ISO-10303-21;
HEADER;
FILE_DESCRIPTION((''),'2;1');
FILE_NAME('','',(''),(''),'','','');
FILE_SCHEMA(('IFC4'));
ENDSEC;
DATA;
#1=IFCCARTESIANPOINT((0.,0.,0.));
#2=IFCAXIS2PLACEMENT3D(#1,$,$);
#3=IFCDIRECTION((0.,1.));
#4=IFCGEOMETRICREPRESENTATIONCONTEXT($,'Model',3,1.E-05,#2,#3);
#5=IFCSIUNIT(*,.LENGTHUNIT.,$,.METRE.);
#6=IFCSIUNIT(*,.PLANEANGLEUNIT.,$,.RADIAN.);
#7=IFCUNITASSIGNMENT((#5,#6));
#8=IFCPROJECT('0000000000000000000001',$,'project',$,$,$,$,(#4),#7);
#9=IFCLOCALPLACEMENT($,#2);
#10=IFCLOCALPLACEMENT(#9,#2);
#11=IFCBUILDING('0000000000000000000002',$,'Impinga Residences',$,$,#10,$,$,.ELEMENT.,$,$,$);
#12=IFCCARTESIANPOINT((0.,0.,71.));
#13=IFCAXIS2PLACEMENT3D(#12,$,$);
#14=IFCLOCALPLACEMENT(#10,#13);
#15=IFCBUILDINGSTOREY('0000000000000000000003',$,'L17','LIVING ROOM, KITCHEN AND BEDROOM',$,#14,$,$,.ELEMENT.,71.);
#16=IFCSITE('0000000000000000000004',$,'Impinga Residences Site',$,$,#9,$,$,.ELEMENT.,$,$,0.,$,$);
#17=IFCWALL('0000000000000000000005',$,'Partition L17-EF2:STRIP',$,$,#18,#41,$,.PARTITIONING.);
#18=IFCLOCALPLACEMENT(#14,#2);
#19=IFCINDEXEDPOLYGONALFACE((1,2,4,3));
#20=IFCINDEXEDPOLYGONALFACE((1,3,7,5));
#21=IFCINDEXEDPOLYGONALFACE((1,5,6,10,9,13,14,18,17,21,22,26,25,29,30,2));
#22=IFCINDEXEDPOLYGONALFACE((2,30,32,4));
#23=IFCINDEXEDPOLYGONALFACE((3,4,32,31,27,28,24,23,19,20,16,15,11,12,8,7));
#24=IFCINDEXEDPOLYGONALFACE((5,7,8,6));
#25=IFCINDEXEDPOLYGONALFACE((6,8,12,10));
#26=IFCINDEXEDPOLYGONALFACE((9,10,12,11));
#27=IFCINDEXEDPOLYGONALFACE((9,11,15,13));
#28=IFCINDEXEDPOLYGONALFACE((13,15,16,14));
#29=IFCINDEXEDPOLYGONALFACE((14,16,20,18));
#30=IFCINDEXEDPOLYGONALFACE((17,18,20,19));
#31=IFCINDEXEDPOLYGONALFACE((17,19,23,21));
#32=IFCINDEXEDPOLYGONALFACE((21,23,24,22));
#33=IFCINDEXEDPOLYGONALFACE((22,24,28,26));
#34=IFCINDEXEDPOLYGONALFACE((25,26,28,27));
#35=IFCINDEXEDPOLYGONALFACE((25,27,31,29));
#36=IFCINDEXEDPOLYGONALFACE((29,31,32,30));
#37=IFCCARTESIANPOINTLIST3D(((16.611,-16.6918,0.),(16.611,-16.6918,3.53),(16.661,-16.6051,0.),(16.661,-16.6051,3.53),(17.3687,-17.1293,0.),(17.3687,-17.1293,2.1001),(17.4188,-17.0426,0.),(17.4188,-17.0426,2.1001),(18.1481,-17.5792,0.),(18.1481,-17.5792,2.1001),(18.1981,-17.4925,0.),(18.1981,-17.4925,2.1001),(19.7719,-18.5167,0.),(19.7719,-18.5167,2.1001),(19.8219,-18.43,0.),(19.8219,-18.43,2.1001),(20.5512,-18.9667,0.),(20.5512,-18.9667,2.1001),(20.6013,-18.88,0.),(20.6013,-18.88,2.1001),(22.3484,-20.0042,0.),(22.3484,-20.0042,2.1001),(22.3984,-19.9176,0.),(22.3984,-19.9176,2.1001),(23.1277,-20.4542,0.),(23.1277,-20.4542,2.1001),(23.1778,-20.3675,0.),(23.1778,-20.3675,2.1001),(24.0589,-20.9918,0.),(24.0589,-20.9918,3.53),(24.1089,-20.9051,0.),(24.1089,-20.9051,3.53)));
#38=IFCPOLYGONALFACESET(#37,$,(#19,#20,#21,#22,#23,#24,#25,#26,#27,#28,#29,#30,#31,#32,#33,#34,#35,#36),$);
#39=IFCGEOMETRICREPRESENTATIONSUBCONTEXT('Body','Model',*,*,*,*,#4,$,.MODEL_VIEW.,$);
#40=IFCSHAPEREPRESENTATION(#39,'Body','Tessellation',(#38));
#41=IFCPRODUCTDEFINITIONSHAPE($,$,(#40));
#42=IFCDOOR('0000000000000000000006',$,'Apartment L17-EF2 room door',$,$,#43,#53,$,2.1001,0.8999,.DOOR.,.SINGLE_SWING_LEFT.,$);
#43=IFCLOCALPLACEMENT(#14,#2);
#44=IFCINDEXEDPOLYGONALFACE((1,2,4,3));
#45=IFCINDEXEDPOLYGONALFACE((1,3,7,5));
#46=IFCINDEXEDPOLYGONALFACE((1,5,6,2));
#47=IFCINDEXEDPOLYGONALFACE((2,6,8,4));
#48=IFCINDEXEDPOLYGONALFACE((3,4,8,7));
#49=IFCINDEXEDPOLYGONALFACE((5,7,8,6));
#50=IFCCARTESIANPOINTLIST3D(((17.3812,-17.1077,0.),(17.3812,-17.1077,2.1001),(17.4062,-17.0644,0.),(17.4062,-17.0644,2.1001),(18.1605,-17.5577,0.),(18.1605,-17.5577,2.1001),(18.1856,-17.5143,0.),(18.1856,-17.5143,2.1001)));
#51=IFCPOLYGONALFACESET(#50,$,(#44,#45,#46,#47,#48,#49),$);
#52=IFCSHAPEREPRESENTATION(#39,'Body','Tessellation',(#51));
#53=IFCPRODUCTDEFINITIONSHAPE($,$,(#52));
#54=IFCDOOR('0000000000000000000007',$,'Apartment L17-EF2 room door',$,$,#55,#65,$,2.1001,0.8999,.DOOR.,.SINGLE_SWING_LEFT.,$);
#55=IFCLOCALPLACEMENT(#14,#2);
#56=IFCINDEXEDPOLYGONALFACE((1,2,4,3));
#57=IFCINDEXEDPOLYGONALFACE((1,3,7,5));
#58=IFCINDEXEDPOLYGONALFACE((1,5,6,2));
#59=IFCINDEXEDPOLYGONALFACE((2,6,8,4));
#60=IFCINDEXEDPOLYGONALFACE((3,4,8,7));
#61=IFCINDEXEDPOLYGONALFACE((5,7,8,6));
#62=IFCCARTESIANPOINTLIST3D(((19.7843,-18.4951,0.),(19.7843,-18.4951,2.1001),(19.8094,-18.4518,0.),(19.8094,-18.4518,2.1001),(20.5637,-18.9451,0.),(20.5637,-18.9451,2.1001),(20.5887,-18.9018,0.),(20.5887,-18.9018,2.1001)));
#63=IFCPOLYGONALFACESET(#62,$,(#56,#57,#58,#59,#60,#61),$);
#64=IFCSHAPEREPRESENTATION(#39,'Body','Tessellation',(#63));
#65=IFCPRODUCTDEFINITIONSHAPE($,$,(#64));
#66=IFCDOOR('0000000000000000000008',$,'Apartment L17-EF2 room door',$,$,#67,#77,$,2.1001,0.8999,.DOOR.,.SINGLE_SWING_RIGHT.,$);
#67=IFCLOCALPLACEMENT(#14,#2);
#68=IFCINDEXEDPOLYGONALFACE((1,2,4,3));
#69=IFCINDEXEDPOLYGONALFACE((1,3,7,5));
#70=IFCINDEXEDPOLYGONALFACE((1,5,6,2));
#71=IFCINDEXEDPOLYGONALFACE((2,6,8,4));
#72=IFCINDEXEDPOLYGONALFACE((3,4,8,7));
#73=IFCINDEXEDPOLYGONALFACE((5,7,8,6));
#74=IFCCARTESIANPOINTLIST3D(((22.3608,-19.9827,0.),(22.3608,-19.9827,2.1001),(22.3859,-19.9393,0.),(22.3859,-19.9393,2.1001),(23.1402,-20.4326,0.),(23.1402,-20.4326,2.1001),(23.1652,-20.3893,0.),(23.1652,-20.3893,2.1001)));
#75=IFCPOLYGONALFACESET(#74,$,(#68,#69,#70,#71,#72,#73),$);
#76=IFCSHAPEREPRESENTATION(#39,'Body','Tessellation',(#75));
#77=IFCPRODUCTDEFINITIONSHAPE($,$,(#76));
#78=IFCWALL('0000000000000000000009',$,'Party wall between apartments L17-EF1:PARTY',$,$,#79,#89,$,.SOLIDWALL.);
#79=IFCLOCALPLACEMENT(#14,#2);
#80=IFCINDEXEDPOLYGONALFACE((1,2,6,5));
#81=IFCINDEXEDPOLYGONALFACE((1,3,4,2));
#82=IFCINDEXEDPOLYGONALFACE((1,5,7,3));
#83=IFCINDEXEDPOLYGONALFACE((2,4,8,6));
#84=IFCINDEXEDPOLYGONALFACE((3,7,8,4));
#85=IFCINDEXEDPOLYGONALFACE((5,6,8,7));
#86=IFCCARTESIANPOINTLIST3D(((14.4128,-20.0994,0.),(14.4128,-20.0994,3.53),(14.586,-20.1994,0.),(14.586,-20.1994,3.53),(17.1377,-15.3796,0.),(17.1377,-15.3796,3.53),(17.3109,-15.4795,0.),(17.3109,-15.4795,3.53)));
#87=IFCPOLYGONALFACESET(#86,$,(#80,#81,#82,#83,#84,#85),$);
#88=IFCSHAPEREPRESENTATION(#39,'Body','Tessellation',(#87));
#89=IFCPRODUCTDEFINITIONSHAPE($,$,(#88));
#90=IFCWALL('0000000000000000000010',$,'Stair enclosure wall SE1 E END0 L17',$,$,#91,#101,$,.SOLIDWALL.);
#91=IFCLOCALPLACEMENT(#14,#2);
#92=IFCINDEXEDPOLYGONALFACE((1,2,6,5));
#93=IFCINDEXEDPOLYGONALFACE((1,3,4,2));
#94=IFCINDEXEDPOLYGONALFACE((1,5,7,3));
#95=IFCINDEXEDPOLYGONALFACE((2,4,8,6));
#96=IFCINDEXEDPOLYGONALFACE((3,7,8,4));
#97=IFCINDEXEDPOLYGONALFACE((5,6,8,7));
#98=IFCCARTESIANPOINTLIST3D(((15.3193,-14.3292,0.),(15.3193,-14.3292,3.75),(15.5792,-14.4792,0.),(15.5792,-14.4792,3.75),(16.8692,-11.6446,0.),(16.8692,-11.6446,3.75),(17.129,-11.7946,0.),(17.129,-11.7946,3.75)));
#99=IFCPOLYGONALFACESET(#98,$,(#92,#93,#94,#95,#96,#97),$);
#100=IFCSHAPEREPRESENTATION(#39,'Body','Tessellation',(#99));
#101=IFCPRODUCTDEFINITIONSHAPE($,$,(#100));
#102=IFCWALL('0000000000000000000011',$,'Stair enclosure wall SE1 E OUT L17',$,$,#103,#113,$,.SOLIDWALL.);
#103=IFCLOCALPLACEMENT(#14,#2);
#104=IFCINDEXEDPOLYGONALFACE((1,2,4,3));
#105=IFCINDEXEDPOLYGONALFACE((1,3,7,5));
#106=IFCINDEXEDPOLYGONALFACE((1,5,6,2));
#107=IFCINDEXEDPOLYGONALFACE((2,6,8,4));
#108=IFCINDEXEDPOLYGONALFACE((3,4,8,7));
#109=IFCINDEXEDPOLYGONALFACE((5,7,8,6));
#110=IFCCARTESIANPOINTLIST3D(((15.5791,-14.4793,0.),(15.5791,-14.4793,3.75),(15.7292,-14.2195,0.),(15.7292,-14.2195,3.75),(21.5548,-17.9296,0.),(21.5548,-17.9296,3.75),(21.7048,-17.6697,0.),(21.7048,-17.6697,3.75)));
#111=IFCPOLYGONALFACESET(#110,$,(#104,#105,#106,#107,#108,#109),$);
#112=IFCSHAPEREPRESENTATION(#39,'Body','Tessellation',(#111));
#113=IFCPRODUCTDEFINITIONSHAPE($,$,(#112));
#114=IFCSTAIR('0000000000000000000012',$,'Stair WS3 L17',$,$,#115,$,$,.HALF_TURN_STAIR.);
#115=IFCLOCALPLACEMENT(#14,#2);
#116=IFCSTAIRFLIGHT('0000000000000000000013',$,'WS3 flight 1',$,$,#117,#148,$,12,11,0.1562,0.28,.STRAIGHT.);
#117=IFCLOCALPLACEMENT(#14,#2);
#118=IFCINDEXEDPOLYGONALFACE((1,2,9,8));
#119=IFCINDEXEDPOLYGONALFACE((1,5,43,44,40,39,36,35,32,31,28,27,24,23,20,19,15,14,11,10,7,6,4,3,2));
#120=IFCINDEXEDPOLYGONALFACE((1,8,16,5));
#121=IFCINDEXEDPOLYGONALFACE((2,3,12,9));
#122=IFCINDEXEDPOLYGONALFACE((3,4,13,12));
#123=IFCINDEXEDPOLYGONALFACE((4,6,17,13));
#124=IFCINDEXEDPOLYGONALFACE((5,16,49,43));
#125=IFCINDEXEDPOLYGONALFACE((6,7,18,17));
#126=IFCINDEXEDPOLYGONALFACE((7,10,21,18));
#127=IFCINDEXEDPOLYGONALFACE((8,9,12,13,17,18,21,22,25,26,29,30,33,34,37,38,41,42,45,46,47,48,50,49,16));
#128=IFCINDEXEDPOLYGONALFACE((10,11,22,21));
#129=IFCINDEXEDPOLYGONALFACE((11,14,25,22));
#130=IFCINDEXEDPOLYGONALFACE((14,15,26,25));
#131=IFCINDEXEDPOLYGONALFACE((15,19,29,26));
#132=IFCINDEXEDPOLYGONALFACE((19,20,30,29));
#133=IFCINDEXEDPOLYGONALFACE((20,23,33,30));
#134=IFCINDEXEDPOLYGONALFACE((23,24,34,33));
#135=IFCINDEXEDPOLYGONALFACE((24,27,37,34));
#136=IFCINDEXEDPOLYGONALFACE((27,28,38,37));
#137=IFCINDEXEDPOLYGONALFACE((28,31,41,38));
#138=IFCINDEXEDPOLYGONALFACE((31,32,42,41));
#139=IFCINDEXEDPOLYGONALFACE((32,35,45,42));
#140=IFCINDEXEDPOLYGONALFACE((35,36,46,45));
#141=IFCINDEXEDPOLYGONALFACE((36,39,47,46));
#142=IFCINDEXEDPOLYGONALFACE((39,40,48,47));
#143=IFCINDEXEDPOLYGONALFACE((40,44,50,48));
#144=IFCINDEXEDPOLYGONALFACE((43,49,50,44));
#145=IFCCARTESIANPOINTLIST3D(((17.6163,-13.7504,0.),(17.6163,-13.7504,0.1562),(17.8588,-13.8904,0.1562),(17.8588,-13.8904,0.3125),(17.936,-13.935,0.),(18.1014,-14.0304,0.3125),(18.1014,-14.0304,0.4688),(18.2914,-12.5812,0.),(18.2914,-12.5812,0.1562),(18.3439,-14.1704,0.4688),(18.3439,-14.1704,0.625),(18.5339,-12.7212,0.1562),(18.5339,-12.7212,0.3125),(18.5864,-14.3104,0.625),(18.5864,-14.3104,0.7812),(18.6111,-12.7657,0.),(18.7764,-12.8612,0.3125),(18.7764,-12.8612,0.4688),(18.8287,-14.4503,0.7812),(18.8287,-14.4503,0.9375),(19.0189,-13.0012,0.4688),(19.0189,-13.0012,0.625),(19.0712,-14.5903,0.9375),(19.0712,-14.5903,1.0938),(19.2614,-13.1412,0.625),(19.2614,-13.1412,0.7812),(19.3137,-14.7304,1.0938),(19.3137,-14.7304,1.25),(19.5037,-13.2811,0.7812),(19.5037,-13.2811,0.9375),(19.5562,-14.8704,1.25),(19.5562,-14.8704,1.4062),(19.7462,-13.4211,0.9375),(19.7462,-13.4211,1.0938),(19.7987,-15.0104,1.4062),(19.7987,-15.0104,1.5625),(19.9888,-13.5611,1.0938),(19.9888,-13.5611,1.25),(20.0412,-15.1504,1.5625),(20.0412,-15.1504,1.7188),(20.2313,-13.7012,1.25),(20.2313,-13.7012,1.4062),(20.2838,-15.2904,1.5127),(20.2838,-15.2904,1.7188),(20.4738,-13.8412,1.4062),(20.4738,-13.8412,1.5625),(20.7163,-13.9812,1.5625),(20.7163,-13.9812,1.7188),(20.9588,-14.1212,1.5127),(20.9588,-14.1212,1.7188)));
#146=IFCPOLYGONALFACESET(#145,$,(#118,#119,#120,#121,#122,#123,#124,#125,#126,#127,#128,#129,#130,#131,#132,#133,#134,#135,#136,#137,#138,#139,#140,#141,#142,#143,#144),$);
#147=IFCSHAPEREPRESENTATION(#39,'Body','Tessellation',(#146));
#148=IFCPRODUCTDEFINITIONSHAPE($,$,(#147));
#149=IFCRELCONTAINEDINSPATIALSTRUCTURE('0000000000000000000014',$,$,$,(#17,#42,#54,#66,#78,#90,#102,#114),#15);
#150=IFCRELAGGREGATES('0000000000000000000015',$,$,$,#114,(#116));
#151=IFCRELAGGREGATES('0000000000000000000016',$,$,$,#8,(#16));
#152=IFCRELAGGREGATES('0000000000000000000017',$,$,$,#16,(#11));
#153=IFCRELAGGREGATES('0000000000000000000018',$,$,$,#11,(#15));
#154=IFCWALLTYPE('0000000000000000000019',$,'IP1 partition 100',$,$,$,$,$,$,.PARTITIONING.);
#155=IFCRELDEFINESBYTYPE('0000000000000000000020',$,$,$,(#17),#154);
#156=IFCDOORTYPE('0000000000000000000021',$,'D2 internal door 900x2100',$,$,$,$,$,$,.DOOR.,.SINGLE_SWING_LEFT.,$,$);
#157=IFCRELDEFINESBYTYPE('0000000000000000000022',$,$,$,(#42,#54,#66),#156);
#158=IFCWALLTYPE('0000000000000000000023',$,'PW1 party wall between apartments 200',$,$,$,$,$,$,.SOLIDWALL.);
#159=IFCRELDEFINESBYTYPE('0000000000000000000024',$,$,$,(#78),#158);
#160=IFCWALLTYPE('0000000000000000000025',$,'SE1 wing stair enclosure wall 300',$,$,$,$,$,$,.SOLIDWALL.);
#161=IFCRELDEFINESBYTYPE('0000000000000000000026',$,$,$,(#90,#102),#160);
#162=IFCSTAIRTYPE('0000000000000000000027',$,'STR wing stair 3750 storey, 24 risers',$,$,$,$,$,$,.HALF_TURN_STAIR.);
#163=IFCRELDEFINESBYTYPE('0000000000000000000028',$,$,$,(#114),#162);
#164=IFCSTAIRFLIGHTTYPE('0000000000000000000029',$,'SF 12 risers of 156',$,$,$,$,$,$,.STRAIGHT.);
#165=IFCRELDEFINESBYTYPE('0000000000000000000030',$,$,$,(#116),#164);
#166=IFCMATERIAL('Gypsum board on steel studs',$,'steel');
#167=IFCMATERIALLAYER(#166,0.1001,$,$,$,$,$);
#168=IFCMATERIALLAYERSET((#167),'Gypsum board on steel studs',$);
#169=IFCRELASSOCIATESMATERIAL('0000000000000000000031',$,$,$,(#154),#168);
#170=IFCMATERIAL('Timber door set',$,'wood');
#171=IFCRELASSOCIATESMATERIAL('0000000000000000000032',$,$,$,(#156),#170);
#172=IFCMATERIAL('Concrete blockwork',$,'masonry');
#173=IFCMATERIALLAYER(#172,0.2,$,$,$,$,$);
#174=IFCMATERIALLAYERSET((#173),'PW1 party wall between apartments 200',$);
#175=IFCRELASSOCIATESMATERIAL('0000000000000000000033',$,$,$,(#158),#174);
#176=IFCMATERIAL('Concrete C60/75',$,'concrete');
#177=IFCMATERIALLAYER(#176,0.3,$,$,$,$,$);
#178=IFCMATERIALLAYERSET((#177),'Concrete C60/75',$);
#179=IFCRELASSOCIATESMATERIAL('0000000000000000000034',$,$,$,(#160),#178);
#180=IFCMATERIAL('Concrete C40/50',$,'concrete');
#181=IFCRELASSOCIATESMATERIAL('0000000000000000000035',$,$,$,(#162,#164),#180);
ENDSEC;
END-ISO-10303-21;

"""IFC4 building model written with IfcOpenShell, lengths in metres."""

from ifc_helpers import new_model, si_unit, direction, frame, frame_2d, origin, place, context, subcontext, project, spatial, polyline, rectangle, outline, extrude, material, layer, layer_set, type_object, element, fill, aggregate, save


model = new_model("IFC4")

# Units and contexts
model_context = context("Model", 3, precision=1e-05, world=origin(), true_north=direction((0.0, 1.0)))
body_context = subcontext(model_context, "Body", "Model", "MODEL_VIEW")
ifc_project = project(units=[si_unit("LENGTHUNIT", "METRE"), si_unit("PLANEANGLEUNIT", "RADIAN")], contexts=[model_context])

# Site, building, storey
site_placement = place(None, origin())
site = spatial("IfcSite", under=ifc_project, at=site_placement, Name="Impinga Residences Site", CompositionType="ELEMENT", RefElevation=0.0)
building_placement = place(site_placement, origin())
building = spatial("IfcBuilding", under=site, at=building_placement, Name="Impinga Residences", CompositionType="ELEMENT")
storey_placement = place(building_placement, frame((0.0, 0.0, 71.0)))
storey = spatial("IfcBuildingStorey", under=building, at=storey_placement, Name="L17", Description="LIVING ROOM, KITCHEN AND BEDROOM", CompositionType="ELEMENT", Elevation=71.0)

# Shared definitions
ifc_material_1 = material(Name="Concrete C60/75", Category="concrete")

# Shared definitions
ifc_material_2 = material(Name="Gypsum board on steel studs", Category="steel")
ifc_layer_1 = layer(ifc_material_2, 0.1001)
ifc_layer_set_1 = layer_set([ifc_layer_1], Name="Gypsum board on steel studs")
wall_type_1 = type_object("IfcWallType", Name="IP1 partition 100", PredefinedType="PARTITIONING", material=ifc_layer_set_1)

# Shared definitions
ifc_material_3 = material(Name="Timber door set", Category="wood")
door_type = type_object("IfcDoorType", Name="D2 internal door 900x2100", OperationType="SINGLE_SWING_LEFT", PredefinedType="DOOR", material=ifc_material_3)

# Wall, openings, doors
wall_1_placement = place(storey_placement, frame((16.636, -16.6484, 0.0), z_axis=(0.0, 0.0, 1.0), x_axis=(0.866028, -0.499995, 0.0)))
wall_1 = element("IfcWall", 1, at=wall_1_placement, inside=storey, type_object=wall_type_1, Name="Partition L17-EF2:STRIP", PredefinedType="PARTITIONING", context=body_context, shape_type="SweptSolid", body=[
    extrude(rectangle(XDim=8.6001, YDim=0.1001, at=frame_2d((4.3, 0.0))), origin(), (0.0, 0.0, 1.0), 3.53),
])
opening_1_placement = place(wall_1_placement, frame((0.875, 0.0, 0.0)))
opening_1 = element("IfcOpeningElement", 2, at=opening_1_placement, cuts=wall_1, PredefinedType="OPENING", context=body_context, shape_type="SweptSolid", body=[
    extrude(rectangle(XDim=0.8999, YDim=2.1001, at=frame_2d((0.45, 1.05))), frame((0.0, 0.0601, 0.0), z_axis=(0.0, -1.0, 0.0), x_axis=(1.0, 0.0, 0.0)), (0.0, 0.0, 1.0), 0.1201),
])
opening_2_placement = place(wall_1_placement, frame((3.6499, 0.0, 0.0)))
opening_2 = element("IfcOpeningElement", 3, at=opening_2_placement, cuts=wall_1, PredefinedType="OPENING", context=body_context, shape_type="SweptSolid", body=[
    extrude(rectangle(XDim=0.8999, YDim=2.1001, at=frame_2d((0.45, 1.05))), frame((0.0, 0.0601, 0.0), z_axis=(0.0, -1.0, 0.0), x_axis=(1.0, 0.0, 0.0)), (0.0, 0.0, 1.0), 0.1201),
])
opening_3_placement = place(wall_1_placement, frame((6.625, 0.0, 0.0)))
opening_3 = element("IfcOpeningElement", 4, at=opening_3_placement, cuts=wall_1, PredefinedType="OPENING", context=body_context, shape_type="SweptSolid", body=[
    extrude(rectangle(XDim=0.8999, YDim=2.1001, at=frame_2d((0.45, 1.05))), frame((0.0, 0.0601, 0.0), z_axis=(0.0, -1.0, 0.0), x_axis=(1.0, 0.0, 0.0)), (0.0, 0.0, 1.0), 0.1201),
])
door_1_placement = place(opening_1_placement, origin())
door_1 = element("IfcDoor", 5, at=door_1_placement, inside=storey, type_object=door_type, Name="Apartment L17-EF2 room door", OperationType="SINGLE_SWING_LEFT", OverallHeight=2.1001, OverallWidth=0.8999, PredefinedType="DOOR", context=body_context, shape_type="SweptSolid", body=[
    extrude(rectangle(XDim=0.8999, YDim=2.1001, at=frame_2d((0.45, 1.05))), frame((0.0, 0.0249, 0.0), z_axis=(0.0, -1.0, 0.0), x_axis=(1.0, 0.0, 0.0)), (0.0, 0.0, 1.0), 0.05),
])
fill(opening_1, door_1)
door_2_placement = place(opening_2_placement, origin())
door_2 = element("IfcDoor", 6, at=door_2_placement, inside=storey, type_object=door_type, Name="Apartment L17-EF2 room door", OperationType="SINGLE_SWING_LEFT", OverallHeight=2.1001, OverallWidth=0.8999, PredefinedType="DOOR", context=body_context, shape_type="SweptSolid", body=[
    extrude(rectangle(XDim=0.8999, YDim=2.1001, at=frame_2d((0.45, 1.05))), frame((0.0, 0.0249, 0.0), z_axis=(0.0, -1.0, 0.0), x_axis=(1.0, 0.0, 0.0)), (0.0, 0.0, 1.0), 0.05),
])
fill(opening_2, door_2)
door_3_placement = place(opening_3_placement, origin())
door_3 = element("IfcDoor", 7, at=door_3_placement, inside=storey, type_object=door_type, Name="Apartment L17-EF2 room door", OperationType="SINGLE_SWING_RIGHT", OverallHeight=2.1001, OverallWidth=0.8999, PredefinedType="DOOR", context=body_context, shape_type="SweptSolid", body=[
    extrude(rectangle(XDim=0.8999, YDim=2.1001, at=frame_2d((0.45, 1.05))), frame((0.0, 0.0249, 0.0), z_axis=(0.0, -1.0, 0.0), x_axis=(1.0, 0.0, 0.0)), (0.0, 0.0, 1.0), 0.05),
])
fill(opening_3, door_3)

# Walls
ifc_material_4 = material(Name="Concrete blockwork", Category="masonry")
ifc_layer_2 = layer(ifc_material_4, 0.2)
ifc_layer_set_2 = layer_set([ifc_layer_2], Name="PW1 party wall between apartments 200")
wall_type_2 = type_object("IfcWallType", Name="PW1 party wall between apartments 200", PredefinedType="SOLIDWALL", material=ifc_layer_set_2)
wall_2_placement = place(storey_placement, frame((17.2244, -15.4294, 0.0), z_axis=(0.0, 0.0, 1.0), x_axis=(-0.499989, -0.866032, 0.0)))
element("IfcWall", 8, at=wall_2_placement, inside=storey, type_object=wall_type_2, Name="Party wall between apartments L17-EF1:PARTY", PredefinedType="SOLIDWALL", context=body_context, shape_type="SweptSolid", body=[
    extrude(rectangle(XDim=5.45, YDim=0.2, at=frame_2d((2.7251, 0.0))), origin(), (0.0, 0.0, 1.0), 3.53),
])
ifc_layer_3 = layer(ifc_material_1, 0.3)
ifc_layer_set_3 = layer_set([ifc_layer_3], Name="Concrete C60/75")
wall_type_3 = type_object("IfcWallType", Name="SE1 wing stair enclosure wall 300", PredefinedType="SOLIDWALL", material=ifc_layer_set_3)
wall_3_placement = place(storey_placement, frame((16.999, -11.7197, 0.0), z_axis=(0.0, 0.0, 1.0), x_axis=(-0.499968, -0.866044, 0.0)))
element("IfcWall", 9, at=wall_3_placement, inside=storey, type_object=wall_type_3, Name="Stair enclosure wall SE1 E END0 L17", PredefinedType="SOLIDWALL", context=body_context, shape_type="SweptSolid", body=[
    extrude(rectangle(XDim=3.0999, YDim=0.3, at=frame_2d((1.5498, 0.0))), origin(), (0.0, 0.0, 1.0), 3.75),
])
wall_4_placement = place(storey_placement, frame((15.6541, -14.3494, 0.0), z_axis=(0.0, 0.0, 1.0), x_axis=(0.866014, -0.500021, 0.0)))
element("IfcWall", 10, at=wall_4_placement, inside=storey, type_object=wall_type_3, Name="Stair enclosure wall SE1 E OUT L17", PredefinedType="SOLIDWALL", context=body_context, shape_type="SweptSolid", body=[
    extrude(rectangle(XDim=6.9001, YDim=0.3, at=frame_2d((3.4502, 0.0))), origin(), (0.0, 0.0, 1.0), 3.75),
])

# Stair, stair flight
ifc_material_5 = material(Name="Concrete C40/50", Category="concrete")
stair_type = type_object("IfcStairType", Name="STR wing stair 3750 storey, 24 risers", PredefinedType="HALF_TURN_STAIR", material=ifc_material_5)
stair_placement = place(storey_placement, origin())
stair = element("IfcStair", 11, at=stair_placement, inside=storey, type_object=stair_type, Name="Stair WS3 L17", PredefinedType="HALF_TURN_STAIR")
stair_flight_type = type_object("IfcStairFlightType", Name="SF 12 risers of 156", PredefinedType="STRAIGHT", material=ifc_material_5)
stair_flight_placement = place(storey_placement, frame((17.9539, -13.1658, 0.0), z_axis=(0.0, 0.0, 1.0), x_axis=(0.866025, -0.5, 0.0)))
stair_flight = element("IfcStairFlight", 12, at=stair_flight_placement, type_object=stair_flight_type, Name="WS3 flight 1", NumberOfRisers=12, NumberOfTreads=11, PredefinedType="STRAIGHT", RiserHeight=0.1562, TreadLength=0.28, context=body_context, shape_type="SweptSolid", body=[
    extrude(outline(polyline([(0.0, 0.0), (0.0, 0.1562), (0.28, 0.1562), (0.28, 0.3125), (0.5601, 0.3125), (0.5601, 0.4688), (0.8401, 0.4688), (0.8401, 0.625), (1.1201, 0.625), (1.1201, 0.7812), (1.3999, 0.7812), (1.3999, 0.9375), (1.6799, 0.9375), (1.6799, 1.0938), (1.96, 1.0938), (1.96, 1.25), (2.24, 1.25), (2.24, 1.4062), (2.52, 1.4062), (2.52, 1.5625), (2.8, 1.5625), (2.8, 1.7188), (3.0801, 1.7188), (3.0801, 1.875), (3.0801, 1.5127), (0.3691, 0.0), (0.0, 0.0)])), frame((0.0, 0.675, 0.0), z_axis=(0.0, -1.0, 0.0), x_axis=(1.0, 0.0, 0.0)), (0.0, 0.0, 1.0), 1.3501),
])
aggregate(stair, [stair_flight])

save(model, "model.ifc")
